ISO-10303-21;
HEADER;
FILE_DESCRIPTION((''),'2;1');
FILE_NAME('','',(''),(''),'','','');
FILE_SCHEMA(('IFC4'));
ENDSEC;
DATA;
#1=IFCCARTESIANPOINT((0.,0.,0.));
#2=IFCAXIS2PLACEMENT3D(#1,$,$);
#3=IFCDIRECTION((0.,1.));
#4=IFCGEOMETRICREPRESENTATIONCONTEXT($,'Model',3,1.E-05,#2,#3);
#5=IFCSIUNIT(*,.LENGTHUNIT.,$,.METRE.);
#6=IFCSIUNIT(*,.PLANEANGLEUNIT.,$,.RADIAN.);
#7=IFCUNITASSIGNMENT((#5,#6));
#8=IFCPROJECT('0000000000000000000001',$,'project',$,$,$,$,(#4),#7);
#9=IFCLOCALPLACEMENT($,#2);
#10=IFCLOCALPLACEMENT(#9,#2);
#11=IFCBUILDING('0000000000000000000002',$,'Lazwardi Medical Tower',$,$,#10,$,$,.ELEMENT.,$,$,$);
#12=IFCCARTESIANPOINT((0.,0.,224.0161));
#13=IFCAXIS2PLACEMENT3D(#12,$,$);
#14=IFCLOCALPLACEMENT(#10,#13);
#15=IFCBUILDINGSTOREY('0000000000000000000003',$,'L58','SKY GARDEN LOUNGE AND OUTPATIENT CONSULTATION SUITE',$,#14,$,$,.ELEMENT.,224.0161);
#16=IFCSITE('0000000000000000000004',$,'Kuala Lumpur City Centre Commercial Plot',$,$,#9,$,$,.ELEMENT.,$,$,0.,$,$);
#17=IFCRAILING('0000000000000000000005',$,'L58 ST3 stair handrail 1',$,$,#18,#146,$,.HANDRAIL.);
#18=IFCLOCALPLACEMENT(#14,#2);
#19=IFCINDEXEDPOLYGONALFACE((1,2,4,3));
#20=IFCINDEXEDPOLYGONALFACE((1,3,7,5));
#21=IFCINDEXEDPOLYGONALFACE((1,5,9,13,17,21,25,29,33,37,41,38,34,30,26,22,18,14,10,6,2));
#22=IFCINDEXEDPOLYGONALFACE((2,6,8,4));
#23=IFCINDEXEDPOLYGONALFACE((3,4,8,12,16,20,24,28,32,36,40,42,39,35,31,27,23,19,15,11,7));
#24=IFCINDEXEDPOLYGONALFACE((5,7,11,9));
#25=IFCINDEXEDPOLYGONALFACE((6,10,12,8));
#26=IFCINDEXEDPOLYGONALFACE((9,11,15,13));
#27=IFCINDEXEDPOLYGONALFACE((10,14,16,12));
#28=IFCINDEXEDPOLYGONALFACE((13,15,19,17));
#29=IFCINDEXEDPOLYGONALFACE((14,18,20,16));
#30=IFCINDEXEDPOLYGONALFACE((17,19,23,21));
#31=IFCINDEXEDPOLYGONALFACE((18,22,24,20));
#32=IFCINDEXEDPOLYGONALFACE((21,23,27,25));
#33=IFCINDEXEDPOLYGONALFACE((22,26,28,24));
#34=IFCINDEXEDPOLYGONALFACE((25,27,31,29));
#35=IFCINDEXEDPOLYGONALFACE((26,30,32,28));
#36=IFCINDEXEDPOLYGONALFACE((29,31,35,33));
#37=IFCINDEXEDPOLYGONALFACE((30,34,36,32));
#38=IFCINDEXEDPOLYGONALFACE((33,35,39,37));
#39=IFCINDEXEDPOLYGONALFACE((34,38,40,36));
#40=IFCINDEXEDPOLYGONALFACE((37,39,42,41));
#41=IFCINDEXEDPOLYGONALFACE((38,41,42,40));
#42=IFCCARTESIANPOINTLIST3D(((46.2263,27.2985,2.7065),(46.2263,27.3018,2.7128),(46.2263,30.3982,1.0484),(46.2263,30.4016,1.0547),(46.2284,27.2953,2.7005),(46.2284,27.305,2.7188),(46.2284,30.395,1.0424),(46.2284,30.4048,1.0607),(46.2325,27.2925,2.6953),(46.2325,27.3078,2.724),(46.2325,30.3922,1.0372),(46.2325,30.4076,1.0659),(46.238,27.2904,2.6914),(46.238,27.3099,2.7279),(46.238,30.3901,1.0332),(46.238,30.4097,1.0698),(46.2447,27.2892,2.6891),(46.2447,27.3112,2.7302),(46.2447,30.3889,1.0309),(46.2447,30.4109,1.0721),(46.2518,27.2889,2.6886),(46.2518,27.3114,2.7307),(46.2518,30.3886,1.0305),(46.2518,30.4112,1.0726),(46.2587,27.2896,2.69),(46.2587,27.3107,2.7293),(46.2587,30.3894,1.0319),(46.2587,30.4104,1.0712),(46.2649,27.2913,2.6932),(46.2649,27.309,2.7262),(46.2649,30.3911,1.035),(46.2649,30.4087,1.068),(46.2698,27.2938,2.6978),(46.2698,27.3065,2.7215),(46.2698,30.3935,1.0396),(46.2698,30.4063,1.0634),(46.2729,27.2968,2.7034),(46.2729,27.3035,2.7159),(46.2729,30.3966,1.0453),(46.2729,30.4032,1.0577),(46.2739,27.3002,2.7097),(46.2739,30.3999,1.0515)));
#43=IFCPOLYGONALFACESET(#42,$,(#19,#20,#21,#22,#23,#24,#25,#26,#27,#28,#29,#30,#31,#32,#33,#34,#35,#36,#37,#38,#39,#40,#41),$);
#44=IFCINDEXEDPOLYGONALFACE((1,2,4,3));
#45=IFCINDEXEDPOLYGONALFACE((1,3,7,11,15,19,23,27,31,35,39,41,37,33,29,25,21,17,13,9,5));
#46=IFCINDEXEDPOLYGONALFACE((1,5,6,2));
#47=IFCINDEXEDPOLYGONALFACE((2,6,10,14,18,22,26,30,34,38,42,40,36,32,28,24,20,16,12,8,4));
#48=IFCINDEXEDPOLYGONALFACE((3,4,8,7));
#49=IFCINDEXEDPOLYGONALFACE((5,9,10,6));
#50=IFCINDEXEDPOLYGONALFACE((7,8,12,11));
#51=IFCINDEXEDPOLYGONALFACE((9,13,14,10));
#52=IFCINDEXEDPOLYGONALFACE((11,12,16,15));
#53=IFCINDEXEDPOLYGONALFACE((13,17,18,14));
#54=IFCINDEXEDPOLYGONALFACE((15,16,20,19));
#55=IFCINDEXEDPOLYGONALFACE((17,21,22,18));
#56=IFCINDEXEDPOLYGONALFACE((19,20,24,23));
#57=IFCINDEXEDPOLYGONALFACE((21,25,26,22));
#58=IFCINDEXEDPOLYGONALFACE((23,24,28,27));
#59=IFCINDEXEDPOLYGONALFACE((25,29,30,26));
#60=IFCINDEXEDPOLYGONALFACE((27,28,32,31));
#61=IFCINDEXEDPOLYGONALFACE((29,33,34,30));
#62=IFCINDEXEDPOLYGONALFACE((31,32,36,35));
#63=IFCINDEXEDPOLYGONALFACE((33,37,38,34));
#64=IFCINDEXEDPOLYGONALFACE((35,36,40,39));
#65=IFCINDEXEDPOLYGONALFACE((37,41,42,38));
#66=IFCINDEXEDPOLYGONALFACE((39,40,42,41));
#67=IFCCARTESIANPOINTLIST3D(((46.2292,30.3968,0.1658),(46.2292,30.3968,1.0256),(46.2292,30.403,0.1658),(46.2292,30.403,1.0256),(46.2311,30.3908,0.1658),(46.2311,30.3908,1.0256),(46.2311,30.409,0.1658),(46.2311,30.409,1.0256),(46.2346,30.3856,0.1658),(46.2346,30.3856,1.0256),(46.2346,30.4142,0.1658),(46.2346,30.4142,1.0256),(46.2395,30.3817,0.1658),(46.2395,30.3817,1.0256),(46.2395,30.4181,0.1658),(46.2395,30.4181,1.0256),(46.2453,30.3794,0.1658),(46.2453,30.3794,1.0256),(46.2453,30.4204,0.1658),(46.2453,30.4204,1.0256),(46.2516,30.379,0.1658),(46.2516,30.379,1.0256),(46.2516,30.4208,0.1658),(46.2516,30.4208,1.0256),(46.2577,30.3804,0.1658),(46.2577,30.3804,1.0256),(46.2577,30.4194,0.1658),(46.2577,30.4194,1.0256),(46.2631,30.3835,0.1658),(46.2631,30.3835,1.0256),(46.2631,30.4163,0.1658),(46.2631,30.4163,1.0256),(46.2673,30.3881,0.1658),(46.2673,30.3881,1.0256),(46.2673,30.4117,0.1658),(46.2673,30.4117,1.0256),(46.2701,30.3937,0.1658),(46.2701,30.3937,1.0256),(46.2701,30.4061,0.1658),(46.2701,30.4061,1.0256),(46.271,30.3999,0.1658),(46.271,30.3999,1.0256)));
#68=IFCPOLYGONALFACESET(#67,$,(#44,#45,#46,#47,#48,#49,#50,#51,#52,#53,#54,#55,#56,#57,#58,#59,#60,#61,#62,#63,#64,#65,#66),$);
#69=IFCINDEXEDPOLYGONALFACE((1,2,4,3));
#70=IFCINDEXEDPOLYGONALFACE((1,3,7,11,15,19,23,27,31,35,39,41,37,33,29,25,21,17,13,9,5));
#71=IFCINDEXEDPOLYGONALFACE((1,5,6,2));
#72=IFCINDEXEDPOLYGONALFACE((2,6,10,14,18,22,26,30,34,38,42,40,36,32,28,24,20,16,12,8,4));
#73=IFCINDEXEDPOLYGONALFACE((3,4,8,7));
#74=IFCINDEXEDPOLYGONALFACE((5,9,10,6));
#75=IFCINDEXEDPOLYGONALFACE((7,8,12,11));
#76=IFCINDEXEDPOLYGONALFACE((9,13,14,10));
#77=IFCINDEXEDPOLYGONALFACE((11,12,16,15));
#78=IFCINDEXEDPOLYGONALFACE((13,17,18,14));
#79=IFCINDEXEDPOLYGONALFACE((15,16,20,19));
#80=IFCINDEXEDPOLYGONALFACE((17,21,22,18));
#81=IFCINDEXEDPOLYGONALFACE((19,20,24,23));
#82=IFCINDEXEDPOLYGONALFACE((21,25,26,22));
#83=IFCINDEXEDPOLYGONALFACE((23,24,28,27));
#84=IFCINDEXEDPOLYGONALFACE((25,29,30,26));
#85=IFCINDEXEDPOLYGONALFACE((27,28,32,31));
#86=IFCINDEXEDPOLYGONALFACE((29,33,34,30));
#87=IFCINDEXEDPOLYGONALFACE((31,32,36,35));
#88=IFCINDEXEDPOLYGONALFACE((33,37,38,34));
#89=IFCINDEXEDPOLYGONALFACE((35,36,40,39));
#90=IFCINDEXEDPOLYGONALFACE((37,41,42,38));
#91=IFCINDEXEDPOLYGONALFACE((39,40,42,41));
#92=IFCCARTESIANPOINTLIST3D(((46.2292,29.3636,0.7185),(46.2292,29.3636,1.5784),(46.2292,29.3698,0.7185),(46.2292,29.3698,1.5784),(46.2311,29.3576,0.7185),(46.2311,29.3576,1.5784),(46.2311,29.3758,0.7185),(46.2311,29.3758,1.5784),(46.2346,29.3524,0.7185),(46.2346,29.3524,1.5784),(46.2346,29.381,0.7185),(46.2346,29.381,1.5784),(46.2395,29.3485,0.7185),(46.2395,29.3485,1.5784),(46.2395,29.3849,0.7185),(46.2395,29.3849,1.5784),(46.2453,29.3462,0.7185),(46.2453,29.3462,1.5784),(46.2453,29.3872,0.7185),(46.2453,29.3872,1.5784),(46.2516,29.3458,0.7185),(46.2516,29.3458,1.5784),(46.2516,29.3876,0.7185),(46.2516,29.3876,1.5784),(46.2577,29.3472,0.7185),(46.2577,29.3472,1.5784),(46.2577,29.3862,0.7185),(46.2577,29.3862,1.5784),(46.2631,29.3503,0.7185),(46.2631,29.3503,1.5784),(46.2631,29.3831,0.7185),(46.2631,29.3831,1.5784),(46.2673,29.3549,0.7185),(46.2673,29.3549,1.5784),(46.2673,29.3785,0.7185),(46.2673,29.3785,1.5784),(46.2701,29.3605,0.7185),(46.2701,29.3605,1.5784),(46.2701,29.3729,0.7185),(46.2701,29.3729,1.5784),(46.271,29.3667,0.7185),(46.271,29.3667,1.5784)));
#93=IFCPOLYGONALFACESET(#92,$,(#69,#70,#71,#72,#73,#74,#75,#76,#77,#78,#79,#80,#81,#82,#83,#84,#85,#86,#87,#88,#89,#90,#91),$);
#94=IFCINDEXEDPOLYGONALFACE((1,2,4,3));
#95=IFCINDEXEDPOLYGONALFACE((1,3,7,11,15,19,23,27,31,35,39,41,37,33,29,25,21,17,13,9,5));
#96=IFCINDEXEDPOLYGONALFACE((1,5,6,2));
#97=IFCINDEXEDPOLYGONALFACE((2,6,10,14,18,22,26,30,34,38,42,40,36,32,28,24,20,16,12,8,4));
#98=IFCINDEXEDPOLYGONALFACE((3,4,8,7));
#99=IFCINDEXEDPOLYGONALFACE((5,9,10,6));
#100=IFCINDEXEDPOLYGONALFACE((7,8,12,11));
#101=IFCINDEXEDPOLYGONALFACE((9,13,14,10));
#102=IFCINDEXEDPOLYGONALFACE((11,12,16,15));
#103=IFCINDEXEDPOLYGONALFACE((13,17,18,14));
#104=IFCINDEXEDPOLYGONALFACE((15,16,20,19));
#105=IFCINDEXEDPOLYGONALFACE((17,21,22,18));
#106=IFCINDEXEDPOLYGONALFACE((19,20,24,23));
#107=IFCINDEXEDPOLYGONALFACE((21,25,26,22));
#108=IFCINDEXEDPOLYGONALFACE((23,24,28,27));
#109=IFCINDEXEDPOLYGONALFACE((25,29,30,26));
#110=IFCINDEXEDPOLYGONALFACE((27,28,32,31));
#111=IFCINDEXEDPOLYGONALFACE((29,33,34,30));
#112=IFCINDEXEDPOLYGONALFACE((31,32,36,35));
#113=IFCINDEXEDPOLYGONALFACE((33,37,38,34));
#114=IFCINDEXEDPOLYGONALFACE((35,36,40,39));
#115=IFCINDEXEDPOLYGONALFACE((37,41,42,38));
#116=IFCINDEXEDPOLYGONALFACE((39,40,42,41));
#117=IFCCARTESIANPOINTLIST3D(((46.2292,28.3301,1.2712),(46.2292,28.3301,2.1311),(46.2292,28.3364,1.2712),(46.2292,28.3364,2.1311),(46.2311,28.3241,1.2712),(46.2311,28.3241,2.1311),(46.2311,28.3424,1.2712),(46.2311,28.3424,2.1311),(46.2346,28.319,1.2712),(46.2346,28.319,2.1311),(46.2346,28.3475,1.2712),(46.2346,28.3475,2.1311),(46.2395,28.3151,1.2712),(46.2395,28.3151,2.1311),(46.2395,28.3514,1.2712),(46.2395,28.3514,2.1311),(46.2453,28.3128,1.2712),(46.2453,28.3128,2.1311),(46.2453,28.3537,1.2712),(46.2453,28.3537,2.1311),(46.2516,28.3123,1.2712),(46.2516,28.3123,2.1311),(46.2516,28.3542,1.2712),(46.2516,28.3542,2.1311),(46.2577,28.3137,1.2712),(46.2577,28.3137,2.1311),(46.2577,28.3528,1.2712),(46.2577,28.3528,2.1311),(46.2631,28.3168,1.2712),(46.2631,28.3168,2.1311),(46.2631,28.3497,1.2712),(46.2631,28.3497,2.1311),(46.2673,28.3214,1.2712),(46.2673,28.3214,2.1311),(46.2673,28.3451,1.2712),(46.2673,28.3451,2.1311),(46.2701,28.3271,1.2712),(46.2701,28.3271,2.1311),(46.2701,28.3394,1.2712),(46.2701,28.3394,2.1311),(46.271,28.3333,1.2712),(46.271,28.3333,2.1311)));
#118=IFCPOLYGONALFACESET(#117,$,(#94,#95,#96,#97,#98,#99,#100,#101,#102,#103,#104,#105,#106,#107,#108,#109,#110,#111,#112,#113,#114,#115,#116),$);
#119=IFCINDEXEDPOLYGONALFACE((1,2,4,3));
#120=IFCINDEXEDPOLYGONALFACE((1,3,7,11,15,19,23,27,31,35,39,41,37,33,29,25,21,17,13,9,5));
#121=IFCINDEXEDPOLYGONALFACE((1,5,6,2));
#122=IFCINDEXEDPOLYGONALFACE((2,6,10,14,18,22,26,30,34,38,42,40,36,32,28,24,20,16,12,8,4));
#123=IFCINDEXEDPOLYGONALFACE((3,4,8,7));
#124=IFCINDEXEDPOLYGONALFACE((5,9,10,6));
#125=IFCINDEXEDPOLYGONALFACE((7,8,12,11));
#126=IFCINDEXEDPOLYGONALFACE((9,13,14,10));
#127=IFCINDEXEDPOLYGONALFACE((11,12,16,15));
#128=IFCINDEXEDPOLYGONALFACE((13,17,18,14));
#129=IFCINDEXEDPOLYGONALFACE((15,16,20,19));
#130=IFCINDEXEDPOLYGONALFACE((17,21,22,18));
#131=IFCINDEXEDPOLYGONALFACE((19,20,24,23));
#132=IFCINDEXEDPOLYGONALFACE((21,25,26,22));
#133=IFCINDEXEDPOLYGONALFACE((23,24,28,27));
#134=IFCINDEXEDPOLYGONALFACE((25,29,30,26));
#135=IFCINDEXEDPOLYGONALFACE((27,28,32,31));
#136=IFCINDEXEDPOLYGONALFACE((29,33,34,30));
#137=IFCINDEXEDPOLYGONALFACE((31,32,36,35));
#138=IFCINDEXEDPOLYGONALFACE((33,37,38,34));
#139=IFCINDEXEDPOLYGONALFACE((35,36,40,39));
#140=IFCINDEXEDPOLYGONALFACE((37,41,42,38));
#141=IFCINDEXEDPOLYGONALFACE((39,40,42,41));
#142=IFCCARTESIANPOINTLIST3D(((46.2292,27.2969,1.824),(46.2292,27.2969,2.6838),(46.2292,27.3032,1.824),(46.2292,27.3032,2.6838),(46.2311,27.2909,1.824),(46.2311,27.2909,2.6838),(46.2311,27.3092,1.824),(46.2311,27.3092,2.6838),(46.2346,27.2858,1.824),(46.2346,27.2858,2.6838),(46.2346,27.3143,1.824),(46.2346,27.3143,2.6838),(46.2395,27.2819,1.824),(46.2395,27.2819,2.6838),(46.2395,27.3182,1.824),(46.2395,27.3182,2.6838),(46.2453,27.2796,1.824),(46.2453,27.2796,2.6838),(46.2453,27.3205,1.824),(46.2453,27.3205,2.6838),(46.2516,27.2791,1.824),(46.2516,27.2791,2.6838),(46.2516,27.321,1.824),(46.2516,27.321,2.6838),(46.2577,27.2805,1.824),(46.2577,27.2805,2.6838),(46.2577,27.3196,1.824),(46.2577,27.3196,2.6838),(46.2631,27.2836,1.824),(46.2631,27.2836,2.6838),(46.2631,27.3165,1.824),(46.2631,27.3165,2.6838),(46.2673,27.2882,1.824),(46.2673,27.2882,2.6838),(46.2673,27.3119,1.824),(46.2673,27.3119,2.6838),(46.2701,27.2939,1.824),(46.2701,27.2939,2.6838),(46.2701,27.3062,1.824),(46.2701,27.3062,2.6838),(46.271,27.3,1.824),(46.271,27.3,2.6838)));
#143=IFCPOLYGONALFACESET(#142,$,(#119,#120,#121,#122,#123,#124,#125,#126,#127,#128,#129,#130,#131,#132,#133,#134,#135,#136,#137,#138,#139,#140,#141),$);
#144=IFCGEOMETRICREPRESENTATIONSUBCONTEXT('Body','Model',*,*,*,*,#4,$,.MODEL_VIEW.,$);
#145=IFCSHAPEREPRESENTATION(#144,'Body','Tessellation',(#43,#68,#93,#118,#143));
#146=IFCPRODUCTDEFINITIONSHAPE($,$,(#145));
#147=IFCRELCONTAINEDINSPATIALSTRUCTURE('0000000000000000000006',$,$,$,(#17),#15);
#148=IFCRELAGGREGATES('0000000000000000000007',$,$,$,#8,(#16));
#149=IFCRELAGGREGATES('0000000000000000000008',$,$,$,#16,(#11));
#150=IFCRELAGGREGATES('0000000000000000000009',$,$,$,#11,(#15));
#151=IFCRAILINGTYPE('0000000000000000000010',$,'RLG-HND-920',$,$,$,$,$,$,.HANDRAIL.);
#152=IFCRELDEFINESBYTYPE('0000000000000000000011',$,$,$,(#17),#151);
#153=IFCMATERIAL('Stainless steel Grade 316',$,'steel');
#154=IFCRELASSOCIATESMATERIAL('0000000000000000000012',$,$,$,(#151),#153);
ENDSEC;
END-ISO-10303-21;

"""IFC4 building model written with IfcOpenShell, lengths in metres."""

from ifc_helpers import new_model, si_unit, direction, frame, origin, origin_2d, place, context, subcontext, project, spatial, circle, extrude, material, type_object, element, save


model = new_model("IFC4")

# Units and contexts
model_context = context("Model", 3, precision=1e-05, world=origin(), true_north=direction((0.0, 1.0)))
body_context = subcontext(model_context, "Body", "Model", "MODEL_VIEW")
ifc_project = project(units=[si_unit("LENGTHUNIT", "METRE"), si_unit("PLANEANGLEUNIT", "RADIAN")], contexts=[model_context])

# Site, building, storey
site_placement = place(None, origin())
site = spatial("IfcSite", under=ifc_project, at=site_placement, Name="Kuala Lumpur City Centre Commercial Plot", CompositionType="ELEMENT", RefElevation=0.0)
building_placement = place(site_placement, origin())
building = spatial("IfcBuilding", under=site, at=building_placement, Name="Lazwardi Medical Tower", CompositionType="ELEMENT")
storey_placement = place(building_placement, frame((0.0, 0.0, 224.0161)))
storey = spatial("IfcBuildingStorey", under=building, at=storey_placement, Name="L58", Description="SKY GARDEN LOUNGE AND OUTPATIENT CONSULTATION SUITE", CompositionType="ELEMENT", Elevation=224.0161)

# Railing
ifc_material_1 = material(Name="Stainless steel Grade 316", Category="steel")
railing_type = type_object("IfcRailingType", Name="RLG-HND-920", PredefinedType="HANDRAIL", material=ifc_material_1)
railing_placement = place(storey_placement, frame((46.25, 30.3999, 0.1658)))
element("IfcRailing", 1, at=railing_placement, inside=storey, type_object=railing_type, Name="L58 ST3 stair handrail 1", PredefinedType="HANDRAIL", context=body_context, shape_type="SweptSolid", body=[
    extrude(circle(Radius=0.0239, at=origin_2d()), frame((0.0, 0.0, 0.8857), z_axis=(0.0, -0.881768, 0.471684), x_axis=(1.0, 0.0, 0.0)), (0.0, 0.0, 1.0), 3.5154),
    extrude(circle(Radius=0.021, at=origin_2d()), origin(), (0.0, 0.0, 1.0), 0.8599),
    extrude(circle(Radius=0.021, at=origin_2d()), frame((0.0, -1.0332, 0.5527)), (0.0, 0.0, 1.0), 0.8599),
    extrude(circle(Radius=0.021, at=origin_2d()), frame((0.0, -2.0667, 1.1055)), (0.0, 0.0, 1.0), 0.8599),
    extrude(circle(Radius=0.021, at=origin_2d()), frame((0.0, -3.0999, 1.6582)), (0.0, 0.0, 1.0), 0.8599),
])

save(model, "model.ifc")
